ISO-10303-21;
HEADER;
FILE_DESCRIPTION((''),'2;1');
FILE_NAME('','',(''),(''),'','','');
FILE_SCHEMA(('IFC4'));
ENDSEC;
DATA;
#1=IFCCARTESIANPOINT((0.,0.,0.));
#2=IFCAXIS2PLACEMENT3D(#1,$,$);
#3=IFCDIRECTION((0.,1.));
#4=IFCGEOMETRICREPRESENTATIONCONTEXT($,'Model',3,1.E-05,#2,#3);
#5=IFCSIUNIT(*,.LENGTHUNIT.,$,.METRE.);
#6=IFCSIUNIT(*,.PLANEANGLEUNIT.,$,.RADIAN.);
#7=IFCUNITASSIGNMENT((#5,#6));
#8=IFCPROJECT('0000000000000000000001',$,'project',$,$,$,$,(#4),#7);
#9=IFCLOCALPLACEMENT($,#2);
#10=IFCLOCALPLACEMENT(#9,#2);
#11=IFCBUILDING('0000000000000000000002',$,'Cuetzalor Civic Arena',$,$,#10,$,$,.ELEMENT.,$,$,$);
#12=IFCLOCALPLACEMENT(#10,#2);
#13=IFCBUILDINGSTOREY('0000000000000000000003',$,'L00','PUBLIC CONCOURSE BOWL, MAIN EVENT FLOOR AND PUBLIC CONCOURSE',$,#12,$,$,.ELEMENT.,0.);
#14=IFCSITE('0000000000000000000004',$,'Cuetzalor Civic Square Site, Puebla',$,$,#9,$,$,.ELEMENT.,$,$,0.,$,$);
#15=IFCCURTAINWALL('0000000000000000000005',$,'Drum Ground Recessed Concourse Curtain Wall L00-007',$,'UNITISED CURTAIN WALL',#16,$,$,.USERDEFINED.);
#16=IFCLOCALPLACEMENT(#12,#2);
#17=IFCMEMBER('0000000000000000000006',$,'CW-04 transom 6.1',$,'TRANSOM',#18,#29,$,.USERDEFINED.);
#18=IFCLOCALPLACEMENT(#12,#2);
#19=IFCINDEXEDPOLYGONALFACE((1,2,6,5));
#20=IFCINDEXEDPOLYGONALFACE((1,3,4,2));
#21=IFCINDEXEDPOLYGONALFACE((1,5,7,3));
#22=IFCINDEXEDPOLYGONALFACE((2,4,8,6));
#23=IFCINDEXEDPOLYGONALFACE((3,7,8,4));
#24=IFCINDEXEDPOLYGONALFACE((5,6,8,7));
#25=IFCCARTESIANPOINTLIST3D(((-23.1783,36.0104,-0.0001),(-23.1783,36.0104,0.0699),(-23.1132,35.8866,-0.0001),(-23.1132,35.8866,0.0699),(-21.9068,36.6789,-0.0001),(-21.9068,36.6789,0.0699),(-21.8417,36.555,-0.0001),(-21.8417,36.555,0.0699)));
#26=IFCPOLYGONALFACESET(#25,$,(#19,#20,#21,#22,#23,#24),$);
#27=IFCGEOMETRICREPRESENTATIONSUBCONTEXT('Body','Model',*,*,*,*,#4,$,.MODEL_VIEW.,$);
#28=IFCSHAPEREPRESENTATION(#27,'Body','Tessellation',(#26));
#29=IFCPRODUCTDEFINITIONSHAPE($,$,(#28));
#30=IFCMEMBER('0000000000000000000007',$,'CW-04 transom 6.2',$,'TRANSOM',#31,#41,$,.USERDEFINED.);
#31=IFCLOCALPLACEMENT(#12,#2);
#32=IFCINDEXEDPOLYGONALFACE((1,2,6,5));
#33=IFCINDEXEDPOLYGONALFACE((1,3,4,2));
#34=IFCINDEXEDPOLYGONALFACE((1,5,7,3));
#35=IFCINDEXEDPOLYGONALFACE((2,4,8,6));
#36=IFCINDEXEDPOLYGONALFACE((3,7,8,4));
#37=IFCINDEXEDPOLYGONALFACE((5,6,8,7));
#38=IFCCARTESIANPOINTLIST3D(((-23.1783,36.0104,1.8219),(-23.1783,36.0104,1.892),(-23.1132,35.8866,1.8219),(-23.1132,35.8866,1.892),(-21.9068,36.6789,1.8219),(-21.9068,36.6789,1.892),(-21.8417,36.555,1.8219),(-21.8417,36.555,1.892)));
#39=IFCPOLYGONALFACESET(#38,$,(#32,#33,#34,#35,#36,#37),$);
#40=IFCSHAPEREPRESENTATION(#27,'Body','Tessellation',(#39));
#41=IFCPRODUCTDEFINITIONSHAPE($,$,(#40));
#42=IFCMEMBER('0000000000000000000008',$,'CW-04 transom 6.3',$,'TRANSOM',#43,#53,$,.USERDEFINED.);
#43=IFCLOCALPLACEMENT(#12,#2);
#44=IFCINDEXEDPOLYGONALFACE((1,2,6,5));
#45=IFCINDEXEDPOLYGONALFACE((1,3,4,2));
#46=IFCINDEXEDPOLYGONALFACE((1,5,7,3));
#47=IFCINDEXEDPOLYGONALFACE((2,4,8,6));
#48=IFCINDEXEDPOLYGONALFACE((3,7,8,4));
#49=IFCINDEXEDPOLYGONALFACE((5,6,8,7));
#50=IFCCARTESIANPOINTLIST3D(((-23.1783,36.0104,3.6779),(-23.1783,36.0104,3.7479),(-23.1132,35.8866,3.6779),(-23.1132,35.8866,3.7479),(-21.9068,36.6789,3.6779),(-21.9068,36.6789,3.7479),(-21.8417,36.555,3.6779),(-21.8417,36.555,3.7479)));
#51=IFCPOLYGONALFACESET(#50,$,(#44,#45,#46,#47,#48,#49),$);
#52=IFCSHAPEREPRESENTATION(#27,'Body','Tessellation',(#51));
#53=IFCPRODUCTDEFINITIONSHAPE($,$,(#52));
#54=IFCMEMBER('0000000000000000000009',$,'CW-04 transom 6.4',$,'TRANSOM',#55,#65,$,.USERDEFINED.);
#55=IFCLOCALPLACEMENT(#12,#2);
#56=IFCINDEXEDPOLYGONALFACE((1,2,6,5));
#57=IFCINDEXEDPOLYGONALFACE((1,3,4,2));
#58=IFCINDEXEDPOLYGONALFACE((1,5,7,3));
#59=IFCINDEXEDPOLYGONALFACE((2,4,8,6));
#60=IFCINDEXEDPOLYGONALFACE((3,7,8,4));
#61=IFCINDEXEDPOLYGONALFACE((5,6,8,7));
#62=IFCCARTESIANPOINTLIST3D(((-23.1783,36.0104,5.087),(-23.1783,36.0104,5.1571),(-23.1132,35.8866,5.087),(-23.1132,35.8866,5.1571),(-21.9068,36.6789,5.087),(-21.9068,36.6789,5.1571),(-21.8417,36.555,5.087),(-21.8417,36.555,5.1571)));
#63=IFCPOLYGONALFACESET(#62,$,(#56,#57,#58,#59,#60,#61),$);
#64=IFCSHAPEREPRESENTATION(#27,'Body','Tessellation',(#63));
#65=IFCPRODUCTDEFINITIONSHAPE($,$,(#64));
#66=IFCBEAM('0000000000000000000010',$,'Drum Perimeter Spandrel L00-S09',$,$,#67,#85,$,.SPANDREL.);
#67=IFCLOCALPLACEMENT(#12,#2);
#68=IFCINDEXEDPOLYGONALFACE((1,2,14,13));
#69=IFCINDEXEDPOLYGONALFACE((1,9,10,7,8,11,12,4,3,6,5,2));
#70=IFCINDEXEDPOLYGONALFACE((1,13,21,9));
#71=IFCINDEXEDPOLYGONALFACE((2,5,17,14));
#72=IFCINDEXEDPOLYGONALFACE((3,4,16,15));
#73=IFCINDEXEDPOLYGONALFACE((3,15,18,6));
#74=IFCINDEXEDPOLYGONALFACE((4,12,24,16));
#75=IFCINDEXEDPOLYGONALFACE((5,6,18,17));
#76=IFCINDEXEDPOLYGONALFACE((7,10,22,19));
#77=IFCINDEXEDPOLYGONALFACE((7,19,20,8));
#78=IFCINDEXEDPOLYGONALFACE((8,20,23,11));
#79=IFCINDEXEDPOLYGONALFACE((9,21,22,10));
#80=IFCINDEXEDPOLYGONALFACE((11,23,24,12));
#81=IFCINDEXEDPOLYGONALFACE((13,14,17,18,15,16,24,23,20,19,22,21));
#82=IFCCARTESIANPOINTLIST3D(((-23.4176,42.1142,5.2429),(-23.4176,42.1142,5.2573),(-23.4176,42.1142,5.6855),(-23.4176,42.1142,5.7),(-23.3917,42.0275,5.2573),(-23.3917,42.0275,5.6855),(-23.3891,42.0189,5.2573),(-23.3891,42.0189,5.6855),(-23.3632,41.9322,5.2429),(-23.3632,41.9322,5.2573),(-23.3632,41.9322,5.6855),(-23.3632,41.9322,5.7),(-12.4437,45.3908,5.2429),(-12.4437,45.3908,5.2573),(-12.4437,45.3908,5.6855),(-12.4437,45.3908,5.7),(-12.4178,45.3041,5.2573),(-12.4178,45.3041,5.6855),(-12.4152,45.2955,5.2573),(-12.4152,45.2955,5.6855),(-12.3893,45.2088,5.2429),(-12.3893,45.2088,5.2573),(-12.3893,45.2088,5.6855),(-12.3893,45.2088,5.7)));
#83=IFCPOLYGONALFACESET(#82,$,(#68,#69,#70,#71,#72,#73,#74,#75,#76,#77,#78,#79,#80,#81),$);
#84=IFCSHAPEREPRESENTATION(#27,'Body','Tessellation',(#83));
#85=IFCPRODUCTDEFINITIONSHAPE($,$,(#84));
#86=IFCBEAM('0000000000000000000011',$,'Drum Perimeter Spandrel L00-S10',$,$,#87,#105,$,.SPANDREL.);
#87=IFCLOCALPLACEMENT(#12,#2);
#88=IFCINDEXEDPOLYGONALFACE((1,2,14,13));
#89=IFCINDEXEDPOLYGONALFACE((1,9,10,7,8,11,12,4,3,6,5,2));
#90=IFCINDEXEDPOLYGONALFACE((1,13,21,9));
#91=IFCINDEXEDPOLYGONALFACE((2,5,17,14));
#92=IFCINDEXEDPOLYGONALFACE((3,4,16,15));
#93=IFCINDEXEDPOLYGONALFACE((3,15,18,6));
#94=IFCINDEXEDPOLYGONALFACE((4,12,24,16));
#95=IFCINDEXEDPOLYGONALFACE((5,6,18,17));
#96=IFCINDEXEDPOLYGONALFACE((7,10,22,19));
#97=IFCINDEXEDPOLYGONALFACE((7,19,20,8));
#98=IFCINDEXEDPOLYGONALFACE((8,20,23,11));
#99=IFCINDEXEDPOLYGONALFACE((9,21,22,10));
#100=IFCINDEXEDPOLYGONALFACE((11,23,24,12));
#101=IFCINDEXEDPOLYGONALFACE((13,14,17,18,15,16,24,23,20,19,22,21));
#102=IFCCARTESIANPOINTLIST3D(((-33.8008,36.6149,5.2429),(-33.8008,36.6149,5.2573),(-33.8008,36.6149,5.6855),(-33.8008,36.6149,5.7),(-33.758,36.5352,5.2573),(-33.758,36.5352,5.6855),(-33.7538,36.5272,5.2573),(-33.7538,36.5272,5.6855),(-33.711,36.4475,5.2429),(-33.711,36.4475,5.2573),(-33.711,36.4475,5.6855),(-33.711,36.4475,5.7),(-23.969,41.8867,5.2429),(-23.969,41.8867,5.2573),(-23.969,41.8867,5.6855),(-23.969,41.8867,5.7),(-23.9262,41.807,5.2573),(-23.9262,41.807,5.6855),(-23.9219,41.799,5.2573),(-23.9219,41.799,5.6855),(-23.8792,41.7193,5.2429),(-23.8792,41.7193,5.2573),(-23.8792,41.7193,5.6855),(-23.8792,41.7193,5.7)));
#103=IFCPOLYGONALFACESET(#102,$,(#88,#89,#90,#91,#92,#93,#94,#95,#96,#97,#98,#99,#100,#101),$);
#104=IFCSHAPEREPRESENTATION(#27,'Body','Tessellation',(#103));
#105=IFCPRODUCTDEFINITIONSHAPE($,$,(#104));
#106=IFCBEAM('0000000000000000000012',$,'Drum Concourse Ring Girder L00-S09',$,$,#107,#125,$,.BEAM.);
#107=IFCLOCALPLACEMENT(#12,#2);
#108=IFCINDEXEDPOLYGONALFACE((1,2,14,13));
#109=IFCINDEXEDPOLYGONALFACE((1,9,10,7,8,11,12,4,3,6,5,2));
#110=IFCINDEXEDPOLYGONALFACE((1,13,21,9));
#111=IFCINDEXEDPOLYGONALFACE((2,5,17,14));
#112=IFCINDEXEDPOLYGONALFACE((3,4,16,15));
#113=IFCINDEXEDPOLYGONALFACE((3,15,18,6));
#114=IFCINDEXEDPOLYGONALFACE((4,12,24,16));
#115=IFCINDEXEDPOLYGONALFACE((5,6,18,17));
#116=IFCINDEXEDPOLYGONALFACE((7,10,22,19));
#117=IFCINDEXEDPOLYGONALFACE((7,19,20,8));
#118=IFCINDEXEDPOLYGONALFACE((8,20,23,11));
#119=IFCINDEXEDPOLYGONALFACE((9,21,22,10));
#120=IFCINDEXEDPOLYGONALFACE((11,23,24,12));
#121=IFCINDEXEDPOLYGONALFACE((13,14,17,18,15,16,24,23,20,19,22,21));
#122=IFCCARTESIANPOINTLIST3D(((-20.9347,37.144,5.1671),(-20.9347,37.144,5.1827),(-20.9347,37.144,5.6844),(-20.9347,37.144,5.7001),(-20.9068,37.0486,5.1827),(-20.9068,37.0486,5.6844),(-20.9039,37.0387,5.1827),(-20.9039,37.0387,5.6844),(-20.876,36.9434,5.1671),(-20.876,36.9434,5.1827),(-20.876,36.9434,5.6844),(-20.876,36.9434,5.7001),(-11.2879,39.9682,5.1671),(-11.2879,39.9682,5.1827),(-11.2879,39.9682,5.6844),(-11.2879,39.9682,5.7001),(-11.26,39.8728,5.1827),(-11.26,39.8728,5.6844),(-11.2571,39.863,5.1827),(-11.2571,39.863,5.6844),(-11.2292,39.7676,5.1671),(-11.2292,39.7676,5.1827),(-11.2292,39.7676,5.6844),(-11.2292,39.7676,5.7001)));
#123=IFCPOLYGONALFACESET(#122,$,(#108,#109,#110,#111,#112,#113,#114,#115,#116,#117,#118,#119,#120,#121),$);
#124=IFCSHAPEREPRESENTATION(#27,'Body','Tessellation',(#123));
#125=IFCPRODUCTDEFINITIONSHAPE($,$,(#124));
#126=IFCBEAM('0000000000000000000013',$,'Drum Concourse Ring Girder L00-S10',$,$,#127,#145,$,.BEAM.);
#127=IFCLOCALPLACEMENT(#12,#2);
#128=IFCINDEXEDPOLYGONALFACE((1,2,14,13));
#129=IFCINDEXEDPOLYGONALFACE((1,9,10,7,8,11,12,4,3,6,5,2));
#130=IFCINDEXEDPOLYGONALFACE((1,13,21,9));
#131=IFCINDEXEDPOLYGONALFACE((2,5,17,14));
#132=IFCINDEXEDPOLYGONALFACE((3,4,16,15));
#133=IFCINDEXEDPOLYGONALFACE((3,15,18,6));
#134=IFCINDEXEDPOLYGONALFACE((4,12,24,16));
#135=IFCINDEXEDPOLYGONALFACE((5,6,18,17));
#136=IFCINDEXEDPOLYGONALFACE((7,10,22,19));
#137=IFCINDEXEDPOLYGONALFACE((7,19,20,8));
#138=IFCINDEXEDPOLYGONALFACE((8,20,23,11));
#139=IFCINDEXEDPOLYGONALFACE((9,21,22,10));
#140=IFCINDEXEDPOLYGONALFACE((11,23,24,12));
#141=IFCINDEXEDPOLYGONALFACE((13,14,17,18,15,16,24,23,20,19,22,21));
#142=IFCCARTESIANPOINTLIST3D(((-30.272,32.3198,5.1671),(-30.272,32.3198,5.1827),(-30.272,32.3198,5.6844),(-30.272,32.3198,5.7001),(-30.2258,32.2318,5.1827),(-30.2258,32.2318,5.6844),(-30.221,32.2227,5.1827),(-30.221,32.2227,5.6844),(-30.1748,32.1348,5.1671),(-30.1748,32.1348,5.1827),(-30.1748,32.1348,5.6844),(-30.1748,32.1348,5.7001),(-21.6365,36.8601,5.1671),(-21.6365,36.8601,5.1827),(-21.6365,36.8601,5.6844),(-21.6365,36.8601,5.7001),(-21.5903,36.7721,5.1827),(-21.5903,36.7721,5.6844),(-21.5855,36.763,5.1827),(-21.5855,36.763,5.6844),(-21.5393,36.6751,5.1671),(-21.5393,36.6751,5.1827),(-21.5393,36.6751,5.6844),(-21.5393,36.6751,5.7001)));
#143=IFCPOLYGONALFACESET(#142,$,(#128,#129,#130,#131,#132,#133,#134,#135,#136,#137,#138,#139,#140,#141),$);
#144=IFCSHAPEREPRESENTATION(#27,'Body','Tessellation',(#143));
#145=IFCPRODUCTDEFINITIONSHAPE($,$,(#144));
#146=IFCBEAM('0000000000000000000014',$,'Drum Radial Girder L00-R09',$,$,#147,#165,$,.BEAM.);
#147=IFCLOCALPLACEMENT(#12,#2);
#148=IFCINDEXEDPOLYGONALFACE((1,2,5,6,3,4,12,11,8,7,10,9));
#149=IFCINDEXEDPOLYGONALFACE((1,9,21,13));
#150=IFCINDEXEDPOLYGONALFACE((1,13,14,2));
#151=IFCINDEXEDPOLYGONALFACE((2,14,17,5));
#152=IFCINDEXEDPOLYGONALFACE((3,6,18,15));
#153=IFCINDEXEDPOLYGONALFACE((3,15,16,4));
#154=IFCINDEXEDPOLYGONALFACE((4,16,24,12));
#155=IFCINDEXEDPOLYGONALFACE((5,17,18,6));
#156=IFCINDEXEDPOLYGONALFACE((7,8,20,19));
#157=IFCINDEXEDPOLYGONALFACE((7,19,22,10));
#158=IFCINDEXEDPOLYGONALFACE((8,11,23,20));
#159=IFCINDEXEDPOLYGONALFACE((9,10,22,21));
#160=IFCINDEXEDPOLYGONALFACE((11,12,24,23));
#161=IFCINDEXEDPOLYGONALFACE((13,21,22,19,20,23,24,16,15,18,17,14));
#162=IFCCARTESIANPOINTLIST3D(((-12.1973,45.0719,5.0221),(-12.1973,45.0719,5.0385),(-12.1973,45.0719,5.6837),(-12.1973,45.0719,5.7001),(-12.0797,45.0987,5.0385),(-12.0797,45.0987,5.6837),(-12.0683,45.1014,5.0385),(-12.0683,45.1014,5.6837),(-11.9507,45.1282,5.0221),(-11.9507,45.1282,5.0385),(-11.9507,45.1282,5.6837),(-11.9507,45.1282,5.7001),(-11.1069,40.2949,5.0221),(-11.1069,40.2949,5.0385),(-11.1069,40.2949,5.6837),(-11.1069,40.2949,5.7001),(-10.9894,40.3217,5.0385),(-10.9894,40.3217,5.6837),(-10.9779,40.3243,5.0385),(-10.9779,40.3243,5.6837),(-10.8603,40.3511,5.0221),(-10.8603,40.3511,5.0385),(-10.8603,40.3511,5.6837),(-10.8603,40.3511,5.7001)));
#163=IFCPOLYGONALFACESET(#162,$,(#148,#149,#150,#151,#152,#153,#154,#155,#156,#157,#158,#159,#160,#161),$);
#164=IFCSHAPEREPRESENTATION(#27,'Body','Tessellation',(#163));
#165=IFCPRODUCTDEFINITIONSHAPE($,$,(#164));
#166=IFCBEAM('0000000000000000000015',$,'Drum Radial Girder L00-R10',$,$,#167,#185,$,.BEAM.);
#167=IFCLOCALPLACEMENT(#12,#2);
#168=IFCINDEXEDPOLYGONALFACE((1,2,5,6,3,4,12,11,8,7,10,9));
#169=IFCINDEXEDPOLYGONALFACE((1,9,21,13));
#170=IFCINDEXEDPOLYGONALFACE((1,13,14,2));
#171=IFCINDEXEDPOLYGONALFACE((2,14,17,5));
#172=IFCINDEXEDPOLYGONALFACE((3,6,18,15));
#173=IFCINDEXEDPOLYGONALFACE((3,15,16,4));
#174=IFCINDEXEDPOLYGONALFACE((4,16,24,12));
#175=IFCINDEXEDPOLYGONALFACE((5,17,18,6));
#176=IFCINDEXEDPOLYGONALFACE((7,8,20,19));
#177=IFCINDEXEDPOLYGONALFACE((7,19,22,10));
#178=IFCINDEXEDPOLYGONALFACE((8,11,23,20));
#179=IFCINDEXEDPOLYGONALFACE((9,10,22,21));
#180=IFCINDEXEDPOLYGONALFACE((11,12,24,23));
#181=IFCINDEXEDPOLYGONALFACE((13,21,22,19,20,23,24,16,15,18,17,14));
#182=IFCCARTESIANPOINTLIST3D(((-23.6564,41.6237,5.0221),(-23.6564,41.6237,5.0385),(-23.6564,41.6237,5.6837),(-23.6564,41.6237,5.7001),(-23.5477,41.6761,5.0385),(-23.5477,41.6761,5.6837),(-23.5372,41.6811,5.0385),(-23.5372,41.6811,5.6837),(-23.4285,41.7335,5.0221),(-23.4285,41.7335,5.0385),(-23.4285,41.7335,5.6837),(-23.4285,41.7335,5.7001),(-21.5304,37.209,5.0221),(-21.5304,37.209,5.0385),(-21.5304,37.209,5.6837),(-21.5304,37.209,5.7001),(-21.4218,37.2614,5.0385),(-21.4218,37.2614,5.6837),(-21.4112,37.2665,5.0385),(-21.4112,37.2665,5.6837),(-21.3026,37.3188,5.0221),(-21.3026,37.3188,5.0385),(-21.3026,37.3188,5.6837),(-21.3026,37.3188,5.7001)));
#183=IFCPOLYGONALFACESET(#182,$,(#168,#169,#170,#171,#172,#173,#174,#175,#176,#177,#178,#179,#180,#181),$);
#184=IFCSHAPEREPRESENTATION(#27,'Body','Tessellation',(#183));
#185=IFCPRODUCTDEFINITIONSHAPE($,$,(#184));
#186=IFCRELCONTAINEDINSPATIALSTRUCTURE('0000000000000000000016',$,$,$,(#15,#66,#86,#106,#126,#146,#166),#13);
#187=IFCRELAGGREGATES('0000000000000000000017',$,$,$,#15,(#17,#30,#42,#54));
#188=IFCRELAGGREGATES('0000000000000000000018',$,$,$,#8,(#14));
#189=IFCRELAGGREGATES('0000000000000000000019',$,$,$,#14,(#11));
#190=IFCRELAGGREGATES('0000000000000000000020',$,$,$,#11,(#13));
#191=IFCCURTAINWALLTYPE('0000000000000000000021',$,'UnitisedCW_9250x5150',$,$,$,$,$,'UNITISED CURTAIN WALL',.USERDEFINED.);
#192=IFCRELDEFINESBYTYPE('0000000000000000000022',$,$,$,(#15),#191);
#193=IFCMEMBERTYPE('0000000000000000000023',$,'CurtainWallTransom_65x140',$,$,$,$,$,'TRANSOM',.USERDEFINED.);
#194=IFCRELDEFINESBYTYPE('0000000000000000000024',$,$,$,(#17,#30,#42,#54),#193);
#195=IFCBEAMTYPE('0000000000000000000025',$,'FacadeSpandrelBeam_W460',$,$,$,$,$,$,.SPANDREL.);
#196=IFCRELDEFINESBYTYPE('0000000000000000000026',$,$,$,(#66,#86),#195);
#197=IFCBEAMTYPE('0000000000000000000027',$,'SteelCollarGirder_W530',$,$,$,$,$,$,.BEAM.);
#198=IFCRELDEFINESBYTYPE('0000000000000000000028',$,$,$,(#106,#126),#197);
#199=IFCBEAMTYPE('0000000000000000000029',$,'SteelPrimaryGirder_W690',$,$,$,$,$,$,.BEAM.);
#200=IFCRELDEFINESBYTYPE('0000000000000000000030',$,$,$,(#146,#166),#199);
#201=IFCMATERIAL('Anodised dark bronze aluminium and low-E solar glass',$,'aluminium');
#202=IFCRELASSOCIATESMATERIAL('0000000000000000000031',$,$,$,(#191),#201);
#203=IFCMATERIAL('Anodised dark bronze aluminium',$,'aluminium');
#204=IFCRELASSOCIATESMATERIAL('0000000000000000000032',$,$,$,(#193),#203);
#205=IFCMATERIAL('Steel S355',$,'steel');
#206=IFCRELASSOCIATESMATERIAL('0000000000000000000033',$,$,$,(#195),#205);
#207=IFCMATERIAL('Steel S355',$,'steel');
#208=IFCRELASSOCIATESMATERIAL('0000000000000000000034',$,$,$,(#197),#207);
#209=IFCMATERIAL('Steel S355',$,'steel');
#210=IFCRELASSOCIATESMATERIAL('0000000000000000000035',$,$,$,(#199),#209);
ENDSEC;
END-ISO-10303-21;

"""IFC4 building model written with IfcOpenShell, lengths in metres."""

from ifc_helpers import new_model, si_unit, direction, frame, origin, origin_2d, place, context, subcontext, project, spatial, rectangle, i_section, extrude, material, material_profile, profile_set, type_object, element, aggregate, save


model = new_model("IFC4")

# Units and contexts
model_context = context("Model", 3, precision=1e-05, world=origin(), true_north=direction((0.0, 1.0)))
body_context = subcontext(model_context, "Body", "Model", "MODEL_VIEW")
ifc_project = project(units=[si_unit("LENGTHUNIT", "METRE"), si_unit("PLANEANGLEUNIT", "RADIAN")], contexts=[model_context])

# Site, building, storey
site_placement = place(None, origin())
site = spatial("IfcSite", under=ifc_project, at=site_placement, Name="Cuetzalor Civic Square Site, Puebla", CompositionType="ELEMENT", RefElevation=0.0)
building_placement = place(site_placement, origin())
building = spatial("IfcBuilding", under=site, at=building_placement, Name="Cuetzalor Civic Arena", CompositionType="ELEMENT")
storey_placement = place(building_placement, origin())
storey = spatial("IfcBuildingStorey", under=building, at=storey_placement, Name="L00", Description="PUBLIC CONCOURSE BOWL, MAIN EVENT FLOOR AND PUBLIC CONCOURSE", CompositionType="ELEMENT", Elevation=0.0)

# Curtain wall
ifc_material_1 = material(Name="Anodised dark bronze aluminium and low-E solar glass", Category="aluminium")
curtain_wall_type_1 = type_object("IfcCurtainWallType", Name="UnitisedCW_9250x5150", ElementType="UNITISED CURTAIN WALL", PredefinedType="USERDEFINED", material=ifc_material_1)
curtain_wall_1_placement = place(storey_placement, origin())
curtain_wall_1 = element("IfcCurtainWall", 1, at=curtain_wall_1_placement, inside=storey, type_object=curtain_wall_type_1, Name="Drum Ground Recessed Concourse Curtain Wall L00-007", ObjectType="UNITISED CURTAIN WALL", PredefinedType="USERDEFINED")

# Members
ifc_material_2 = material(Name="Anodised dark bronze aluminium", Category="aluminium")
ifc_material_profile_1 = material_profile(ifc_material_2, rectangle(XDim=0.1399, YDim=0.0701, at=origin_2d()), Name="ALU TRANSOM 70x140")
ifc_profile_set_1 = profile_set([ifc_material_profile_1], Name="Anodised dark bronze aluminium")
member_type_1 = type_object("IfcMemberType", Name="CurtainWallTransom_65x140", ElementType="TRANSOM", PredefinedType="USERDEFINED", material=ifc_profile_set_1)
member_1_placement = place(storey_placement, frame((-23.1458, 35.9485, 0.0349), z_axis=(0.885132, 0.46534, 0.0), x_axis=(-0.46534, 0.885132, 0.0)))
member_1 = element("IfcMember", 2, at=member_1_placement, type_object=member_type_1, Name="CW-04 transom 6.1", ObjectType="TRANSOM", PredefinedType="USERDEFINED", context=body_context, shape_type="SweptSolid", body=[
    extrude(rectangle(XDim=0.1399, YDim=0.0701, at=origin_2d()), origin(), (0.0, 0.0, 1.0), 1.4365),
])
member_2_placement = place(storey_placement, frame((-23.1458, 35.9485, 1.8569), z_axis=(0.885132, 0.46534, 0.0), x_axis=(-0.46534, 0.885132, 0.0)))
member_2 = element("IfcMember", 3, at=member_2_placement, type_object=member_type_1, Name="CW-04 transom 6.2", ObjectType="TRANSOM", PredefinedType="USERDEFINED", context=body_context, shape_type="SweptSolid", body=[
    extrude(rectangle(XDim=0.1399, YDim=0.0701, at=origin_2d()), origin(), (0.0, 0.0, 1.0), 1.4365),
])
member_3_placement = place(storey_placement, frame((-23.1458, 35.9485, 3.7129), z_axis=(0.885132, 0.46534, 0.0), x_axis=(-0.46534, 0.885132, 0.0)))
member_3 = element("IfcMember", 4, at=member_3_placement, type_object=member_type_1, Name="CW-04 transom 6.3", ObjectType="TRANSOM", PredefinedType="USERDEFINED", context=body_context, shape_type="SweptSolid", body=[
    extrude(rectangle(XDim=0.1399, YDim=0.0701, at=origin_2d()), origin(), (0.0, 0.0, 1.0), 1.4365),
])
member_4_placement = place(storey_placement, frame((-23.1458, 35.9485, 5.1221), z_axis=(0.885132, 0.46534, 0.0), x_axis=(-0.46534, 0.885132, 0.0)))
member_4 = element("IfcMember", 5, at=member_4_placement, type_object=member_type_1, Name="CW-04 transom 6.4", ObjectType="TRANSOM", PredefinedType="USERDEFINED", context=body_context, shape_type="SweptSolid", body=[
    extrude(rectangle(XDim=0.1399, YDim=0.0701, at=origin_2d()), origin(), (0.0, 0.0, 1.0), 1.4365),
])

# Beams
ifc_material_3 = material(Name="Steel S355", Category="steel")
ifc_material_profile_2 = material_profile(ifc_material_3, i_section(OverallWidth=0.1899, OverallDepth=0.457, WebThickness=0.009, FlangeThickness=0.0144, at=origin_2d()), Name="W460x74")
ifc_profile_set_2 = profile_set([ifc_material_profile_2], Name="Steel S355")
beam_type_1 = type_object("IfcBeamType", Name="FacadeSpandrelBeam_W460", PredefinedType="SPANDREL", material=ifc_profile_set_2)
beam_1_placement = place(storey_placement, frame((-12.4165, 45.2998, 5.4714), z_axis=(-0.958199, -0.286102, 0.0), x_axis=(0.286102, -0.958199, 0.0)))
element("IfcBeam", 6, at=beam_1_placement, inside=storey, type_object=beam_type_1, Name="Drum Perimeter Spandrel L00-S09", PredefinedType="SPANDREL", context=body_context, shape_type="SweptSolid", body=[
    extrude(i_section(OverallWidth=0.1899, OverallDepth=0.457, WebThickness=0.009, FlangeThickness=0.0144, at=origin_2d()), origin(), (0.0, 0.0, 1.0), 11.4526),
])
beam_2_placement = place(storey_placement, frame((-23.9241, 41.803, 5.4714), z_axis=(-0.881305, -0.472549, 0.0), x_axis=(0.472549, -0.881305, 0.0)))
element("IfcBeam", 7, at=beam_2_placement, inside=storey, type_object=beam_type_1, Name="Drum Perimeter Spandrel L00-S10", PredefinedType="SPANDREL", context=body_context, shape_type="SweptSolid", body=[
    extrude(i_section(OverallWidth=0.1899, OverallDepth=0.457, WebThickness=0.009, FlangeThickness=0.0144, at=origin_2d()), origin(), (0.0, 0.0, 1.0), 11.156),
])
ifc_material_4 = material(Name="Steel S355", Category="steel")
ifc_material_profile_3 = material_profile(ifc_material_4, i_section(OverallWidth=0.209, OverallDepth=0.533, WebThickness=0.0103, FlangeThickness=0.0156, at=origin_2d()), Name="W530x92")
ifc_profile_set_3 = profile_set([ifc_material_profile_3], Name="Steel S355")
beam_type_2 = type_object("IfcBeamType", Name="SteelCollarGirder_W530", PredefinedType="BEAM", material=ifc_profile_set_3)
beam_3_placement = place(storey_placement, frame((-11.2585, 39.8679, 5.4336), z_axis=(-0.959716, -0.280971, 0.0), x_axis=(0.280971, -0.959716, 0.0)))
element("IfcBeam", 8, at=beam_3_placement, inside=storey, type_object=beam_type_2, Name="Drum Concourse Ring Girder L00-S09", PredefinedType="BEAM", context=body_context, shape_type="SweptSolid", body=[
    extrude(i_section(OverallWidth=0.209, OverallDepth=0.533, WebThickness=0.0103, FlangeThickness=0.0156, at=origin_2d()), origin(), (0.0, 0.0, 1.0), 10.0518),
])
beam_4_placement = place(storey_placement, frame((-21.5879, 36.7676, 5.4336), z_axis=(-0.885117, -0.465368, 0.0), x_axis=(0.465368, -0.885117, 0.0)))
element("IfcBeam", 9, at=beam_4_placement, inside=storey, type_object=beam_type_2, Name="Drum Concourse Ring Girder L00-S10", PredefinedType="BEAM", context=body_context, shape_type="SweptSolid", body=[
    extrude(i_section(OverallWidth=0.209, OverallDepth=0.533, WebThickness=0.0103, FlangeThickness=0.0156, at=origin_2d()), origin(), (0.0, 0.0, 1.0), 9.7563),
])
ifc_material_5 = material(Name="Steel S355", Category="steel")
ifc_material_profile_4 = material_profile(ifc_material_5, i_section(OverallWidth=0.2529, OverallDepth=0.678, WebThickness=0.0117, FlangeThickness=0.0164, at=origin_2d()), Name="W690x125")
ifc_profile_set_4 = profile_set([ifc_material_profile_4], Name="Steel S355")
beam_type_3 = type_object("IfcBeamType", Name="SteelPrimaryGirder_W690", PredefinedType="BEAM", material=ifc_profile_set_4)
for number, where, z_axis, x_axis, name in (
    (10, (-10.9836, 40.323, 5.3611), (-0.222519, 0.974928, 0.0), (-0.974928, -0.222519, 0.0), "Drum Radial Girder L00-R09"),
    (11, (-21.4165, 37.2639, 5.3611), (-0.433871, 0.900975, 0.0), (-0.900975, -0.433871, 0.0), "Drum Radial Girder L00-R10"),
):
    element("IfcBeam", number, at=place(storey_placement, frame(where, z_axis=z_axis, x_axis=x_axis)), inside=storey, type_object=beam_type_3, Name=name, PredefinedType="BEAM", context=body_context, shape_type="SweptSolid", body=[
        extrude(i_section(OverallWidth=0.2529, OverallDepth=0.678, WebThickness=0.0117, FlangeThickness=0.0164, at=origin_2d()), origin(), (0.0, 0.0, 1.0), 4.8999),
    ])

aggregate(curtain_wall_1, [member_1, member_2, member_3, member_4])

save(model, "model.ifc")
